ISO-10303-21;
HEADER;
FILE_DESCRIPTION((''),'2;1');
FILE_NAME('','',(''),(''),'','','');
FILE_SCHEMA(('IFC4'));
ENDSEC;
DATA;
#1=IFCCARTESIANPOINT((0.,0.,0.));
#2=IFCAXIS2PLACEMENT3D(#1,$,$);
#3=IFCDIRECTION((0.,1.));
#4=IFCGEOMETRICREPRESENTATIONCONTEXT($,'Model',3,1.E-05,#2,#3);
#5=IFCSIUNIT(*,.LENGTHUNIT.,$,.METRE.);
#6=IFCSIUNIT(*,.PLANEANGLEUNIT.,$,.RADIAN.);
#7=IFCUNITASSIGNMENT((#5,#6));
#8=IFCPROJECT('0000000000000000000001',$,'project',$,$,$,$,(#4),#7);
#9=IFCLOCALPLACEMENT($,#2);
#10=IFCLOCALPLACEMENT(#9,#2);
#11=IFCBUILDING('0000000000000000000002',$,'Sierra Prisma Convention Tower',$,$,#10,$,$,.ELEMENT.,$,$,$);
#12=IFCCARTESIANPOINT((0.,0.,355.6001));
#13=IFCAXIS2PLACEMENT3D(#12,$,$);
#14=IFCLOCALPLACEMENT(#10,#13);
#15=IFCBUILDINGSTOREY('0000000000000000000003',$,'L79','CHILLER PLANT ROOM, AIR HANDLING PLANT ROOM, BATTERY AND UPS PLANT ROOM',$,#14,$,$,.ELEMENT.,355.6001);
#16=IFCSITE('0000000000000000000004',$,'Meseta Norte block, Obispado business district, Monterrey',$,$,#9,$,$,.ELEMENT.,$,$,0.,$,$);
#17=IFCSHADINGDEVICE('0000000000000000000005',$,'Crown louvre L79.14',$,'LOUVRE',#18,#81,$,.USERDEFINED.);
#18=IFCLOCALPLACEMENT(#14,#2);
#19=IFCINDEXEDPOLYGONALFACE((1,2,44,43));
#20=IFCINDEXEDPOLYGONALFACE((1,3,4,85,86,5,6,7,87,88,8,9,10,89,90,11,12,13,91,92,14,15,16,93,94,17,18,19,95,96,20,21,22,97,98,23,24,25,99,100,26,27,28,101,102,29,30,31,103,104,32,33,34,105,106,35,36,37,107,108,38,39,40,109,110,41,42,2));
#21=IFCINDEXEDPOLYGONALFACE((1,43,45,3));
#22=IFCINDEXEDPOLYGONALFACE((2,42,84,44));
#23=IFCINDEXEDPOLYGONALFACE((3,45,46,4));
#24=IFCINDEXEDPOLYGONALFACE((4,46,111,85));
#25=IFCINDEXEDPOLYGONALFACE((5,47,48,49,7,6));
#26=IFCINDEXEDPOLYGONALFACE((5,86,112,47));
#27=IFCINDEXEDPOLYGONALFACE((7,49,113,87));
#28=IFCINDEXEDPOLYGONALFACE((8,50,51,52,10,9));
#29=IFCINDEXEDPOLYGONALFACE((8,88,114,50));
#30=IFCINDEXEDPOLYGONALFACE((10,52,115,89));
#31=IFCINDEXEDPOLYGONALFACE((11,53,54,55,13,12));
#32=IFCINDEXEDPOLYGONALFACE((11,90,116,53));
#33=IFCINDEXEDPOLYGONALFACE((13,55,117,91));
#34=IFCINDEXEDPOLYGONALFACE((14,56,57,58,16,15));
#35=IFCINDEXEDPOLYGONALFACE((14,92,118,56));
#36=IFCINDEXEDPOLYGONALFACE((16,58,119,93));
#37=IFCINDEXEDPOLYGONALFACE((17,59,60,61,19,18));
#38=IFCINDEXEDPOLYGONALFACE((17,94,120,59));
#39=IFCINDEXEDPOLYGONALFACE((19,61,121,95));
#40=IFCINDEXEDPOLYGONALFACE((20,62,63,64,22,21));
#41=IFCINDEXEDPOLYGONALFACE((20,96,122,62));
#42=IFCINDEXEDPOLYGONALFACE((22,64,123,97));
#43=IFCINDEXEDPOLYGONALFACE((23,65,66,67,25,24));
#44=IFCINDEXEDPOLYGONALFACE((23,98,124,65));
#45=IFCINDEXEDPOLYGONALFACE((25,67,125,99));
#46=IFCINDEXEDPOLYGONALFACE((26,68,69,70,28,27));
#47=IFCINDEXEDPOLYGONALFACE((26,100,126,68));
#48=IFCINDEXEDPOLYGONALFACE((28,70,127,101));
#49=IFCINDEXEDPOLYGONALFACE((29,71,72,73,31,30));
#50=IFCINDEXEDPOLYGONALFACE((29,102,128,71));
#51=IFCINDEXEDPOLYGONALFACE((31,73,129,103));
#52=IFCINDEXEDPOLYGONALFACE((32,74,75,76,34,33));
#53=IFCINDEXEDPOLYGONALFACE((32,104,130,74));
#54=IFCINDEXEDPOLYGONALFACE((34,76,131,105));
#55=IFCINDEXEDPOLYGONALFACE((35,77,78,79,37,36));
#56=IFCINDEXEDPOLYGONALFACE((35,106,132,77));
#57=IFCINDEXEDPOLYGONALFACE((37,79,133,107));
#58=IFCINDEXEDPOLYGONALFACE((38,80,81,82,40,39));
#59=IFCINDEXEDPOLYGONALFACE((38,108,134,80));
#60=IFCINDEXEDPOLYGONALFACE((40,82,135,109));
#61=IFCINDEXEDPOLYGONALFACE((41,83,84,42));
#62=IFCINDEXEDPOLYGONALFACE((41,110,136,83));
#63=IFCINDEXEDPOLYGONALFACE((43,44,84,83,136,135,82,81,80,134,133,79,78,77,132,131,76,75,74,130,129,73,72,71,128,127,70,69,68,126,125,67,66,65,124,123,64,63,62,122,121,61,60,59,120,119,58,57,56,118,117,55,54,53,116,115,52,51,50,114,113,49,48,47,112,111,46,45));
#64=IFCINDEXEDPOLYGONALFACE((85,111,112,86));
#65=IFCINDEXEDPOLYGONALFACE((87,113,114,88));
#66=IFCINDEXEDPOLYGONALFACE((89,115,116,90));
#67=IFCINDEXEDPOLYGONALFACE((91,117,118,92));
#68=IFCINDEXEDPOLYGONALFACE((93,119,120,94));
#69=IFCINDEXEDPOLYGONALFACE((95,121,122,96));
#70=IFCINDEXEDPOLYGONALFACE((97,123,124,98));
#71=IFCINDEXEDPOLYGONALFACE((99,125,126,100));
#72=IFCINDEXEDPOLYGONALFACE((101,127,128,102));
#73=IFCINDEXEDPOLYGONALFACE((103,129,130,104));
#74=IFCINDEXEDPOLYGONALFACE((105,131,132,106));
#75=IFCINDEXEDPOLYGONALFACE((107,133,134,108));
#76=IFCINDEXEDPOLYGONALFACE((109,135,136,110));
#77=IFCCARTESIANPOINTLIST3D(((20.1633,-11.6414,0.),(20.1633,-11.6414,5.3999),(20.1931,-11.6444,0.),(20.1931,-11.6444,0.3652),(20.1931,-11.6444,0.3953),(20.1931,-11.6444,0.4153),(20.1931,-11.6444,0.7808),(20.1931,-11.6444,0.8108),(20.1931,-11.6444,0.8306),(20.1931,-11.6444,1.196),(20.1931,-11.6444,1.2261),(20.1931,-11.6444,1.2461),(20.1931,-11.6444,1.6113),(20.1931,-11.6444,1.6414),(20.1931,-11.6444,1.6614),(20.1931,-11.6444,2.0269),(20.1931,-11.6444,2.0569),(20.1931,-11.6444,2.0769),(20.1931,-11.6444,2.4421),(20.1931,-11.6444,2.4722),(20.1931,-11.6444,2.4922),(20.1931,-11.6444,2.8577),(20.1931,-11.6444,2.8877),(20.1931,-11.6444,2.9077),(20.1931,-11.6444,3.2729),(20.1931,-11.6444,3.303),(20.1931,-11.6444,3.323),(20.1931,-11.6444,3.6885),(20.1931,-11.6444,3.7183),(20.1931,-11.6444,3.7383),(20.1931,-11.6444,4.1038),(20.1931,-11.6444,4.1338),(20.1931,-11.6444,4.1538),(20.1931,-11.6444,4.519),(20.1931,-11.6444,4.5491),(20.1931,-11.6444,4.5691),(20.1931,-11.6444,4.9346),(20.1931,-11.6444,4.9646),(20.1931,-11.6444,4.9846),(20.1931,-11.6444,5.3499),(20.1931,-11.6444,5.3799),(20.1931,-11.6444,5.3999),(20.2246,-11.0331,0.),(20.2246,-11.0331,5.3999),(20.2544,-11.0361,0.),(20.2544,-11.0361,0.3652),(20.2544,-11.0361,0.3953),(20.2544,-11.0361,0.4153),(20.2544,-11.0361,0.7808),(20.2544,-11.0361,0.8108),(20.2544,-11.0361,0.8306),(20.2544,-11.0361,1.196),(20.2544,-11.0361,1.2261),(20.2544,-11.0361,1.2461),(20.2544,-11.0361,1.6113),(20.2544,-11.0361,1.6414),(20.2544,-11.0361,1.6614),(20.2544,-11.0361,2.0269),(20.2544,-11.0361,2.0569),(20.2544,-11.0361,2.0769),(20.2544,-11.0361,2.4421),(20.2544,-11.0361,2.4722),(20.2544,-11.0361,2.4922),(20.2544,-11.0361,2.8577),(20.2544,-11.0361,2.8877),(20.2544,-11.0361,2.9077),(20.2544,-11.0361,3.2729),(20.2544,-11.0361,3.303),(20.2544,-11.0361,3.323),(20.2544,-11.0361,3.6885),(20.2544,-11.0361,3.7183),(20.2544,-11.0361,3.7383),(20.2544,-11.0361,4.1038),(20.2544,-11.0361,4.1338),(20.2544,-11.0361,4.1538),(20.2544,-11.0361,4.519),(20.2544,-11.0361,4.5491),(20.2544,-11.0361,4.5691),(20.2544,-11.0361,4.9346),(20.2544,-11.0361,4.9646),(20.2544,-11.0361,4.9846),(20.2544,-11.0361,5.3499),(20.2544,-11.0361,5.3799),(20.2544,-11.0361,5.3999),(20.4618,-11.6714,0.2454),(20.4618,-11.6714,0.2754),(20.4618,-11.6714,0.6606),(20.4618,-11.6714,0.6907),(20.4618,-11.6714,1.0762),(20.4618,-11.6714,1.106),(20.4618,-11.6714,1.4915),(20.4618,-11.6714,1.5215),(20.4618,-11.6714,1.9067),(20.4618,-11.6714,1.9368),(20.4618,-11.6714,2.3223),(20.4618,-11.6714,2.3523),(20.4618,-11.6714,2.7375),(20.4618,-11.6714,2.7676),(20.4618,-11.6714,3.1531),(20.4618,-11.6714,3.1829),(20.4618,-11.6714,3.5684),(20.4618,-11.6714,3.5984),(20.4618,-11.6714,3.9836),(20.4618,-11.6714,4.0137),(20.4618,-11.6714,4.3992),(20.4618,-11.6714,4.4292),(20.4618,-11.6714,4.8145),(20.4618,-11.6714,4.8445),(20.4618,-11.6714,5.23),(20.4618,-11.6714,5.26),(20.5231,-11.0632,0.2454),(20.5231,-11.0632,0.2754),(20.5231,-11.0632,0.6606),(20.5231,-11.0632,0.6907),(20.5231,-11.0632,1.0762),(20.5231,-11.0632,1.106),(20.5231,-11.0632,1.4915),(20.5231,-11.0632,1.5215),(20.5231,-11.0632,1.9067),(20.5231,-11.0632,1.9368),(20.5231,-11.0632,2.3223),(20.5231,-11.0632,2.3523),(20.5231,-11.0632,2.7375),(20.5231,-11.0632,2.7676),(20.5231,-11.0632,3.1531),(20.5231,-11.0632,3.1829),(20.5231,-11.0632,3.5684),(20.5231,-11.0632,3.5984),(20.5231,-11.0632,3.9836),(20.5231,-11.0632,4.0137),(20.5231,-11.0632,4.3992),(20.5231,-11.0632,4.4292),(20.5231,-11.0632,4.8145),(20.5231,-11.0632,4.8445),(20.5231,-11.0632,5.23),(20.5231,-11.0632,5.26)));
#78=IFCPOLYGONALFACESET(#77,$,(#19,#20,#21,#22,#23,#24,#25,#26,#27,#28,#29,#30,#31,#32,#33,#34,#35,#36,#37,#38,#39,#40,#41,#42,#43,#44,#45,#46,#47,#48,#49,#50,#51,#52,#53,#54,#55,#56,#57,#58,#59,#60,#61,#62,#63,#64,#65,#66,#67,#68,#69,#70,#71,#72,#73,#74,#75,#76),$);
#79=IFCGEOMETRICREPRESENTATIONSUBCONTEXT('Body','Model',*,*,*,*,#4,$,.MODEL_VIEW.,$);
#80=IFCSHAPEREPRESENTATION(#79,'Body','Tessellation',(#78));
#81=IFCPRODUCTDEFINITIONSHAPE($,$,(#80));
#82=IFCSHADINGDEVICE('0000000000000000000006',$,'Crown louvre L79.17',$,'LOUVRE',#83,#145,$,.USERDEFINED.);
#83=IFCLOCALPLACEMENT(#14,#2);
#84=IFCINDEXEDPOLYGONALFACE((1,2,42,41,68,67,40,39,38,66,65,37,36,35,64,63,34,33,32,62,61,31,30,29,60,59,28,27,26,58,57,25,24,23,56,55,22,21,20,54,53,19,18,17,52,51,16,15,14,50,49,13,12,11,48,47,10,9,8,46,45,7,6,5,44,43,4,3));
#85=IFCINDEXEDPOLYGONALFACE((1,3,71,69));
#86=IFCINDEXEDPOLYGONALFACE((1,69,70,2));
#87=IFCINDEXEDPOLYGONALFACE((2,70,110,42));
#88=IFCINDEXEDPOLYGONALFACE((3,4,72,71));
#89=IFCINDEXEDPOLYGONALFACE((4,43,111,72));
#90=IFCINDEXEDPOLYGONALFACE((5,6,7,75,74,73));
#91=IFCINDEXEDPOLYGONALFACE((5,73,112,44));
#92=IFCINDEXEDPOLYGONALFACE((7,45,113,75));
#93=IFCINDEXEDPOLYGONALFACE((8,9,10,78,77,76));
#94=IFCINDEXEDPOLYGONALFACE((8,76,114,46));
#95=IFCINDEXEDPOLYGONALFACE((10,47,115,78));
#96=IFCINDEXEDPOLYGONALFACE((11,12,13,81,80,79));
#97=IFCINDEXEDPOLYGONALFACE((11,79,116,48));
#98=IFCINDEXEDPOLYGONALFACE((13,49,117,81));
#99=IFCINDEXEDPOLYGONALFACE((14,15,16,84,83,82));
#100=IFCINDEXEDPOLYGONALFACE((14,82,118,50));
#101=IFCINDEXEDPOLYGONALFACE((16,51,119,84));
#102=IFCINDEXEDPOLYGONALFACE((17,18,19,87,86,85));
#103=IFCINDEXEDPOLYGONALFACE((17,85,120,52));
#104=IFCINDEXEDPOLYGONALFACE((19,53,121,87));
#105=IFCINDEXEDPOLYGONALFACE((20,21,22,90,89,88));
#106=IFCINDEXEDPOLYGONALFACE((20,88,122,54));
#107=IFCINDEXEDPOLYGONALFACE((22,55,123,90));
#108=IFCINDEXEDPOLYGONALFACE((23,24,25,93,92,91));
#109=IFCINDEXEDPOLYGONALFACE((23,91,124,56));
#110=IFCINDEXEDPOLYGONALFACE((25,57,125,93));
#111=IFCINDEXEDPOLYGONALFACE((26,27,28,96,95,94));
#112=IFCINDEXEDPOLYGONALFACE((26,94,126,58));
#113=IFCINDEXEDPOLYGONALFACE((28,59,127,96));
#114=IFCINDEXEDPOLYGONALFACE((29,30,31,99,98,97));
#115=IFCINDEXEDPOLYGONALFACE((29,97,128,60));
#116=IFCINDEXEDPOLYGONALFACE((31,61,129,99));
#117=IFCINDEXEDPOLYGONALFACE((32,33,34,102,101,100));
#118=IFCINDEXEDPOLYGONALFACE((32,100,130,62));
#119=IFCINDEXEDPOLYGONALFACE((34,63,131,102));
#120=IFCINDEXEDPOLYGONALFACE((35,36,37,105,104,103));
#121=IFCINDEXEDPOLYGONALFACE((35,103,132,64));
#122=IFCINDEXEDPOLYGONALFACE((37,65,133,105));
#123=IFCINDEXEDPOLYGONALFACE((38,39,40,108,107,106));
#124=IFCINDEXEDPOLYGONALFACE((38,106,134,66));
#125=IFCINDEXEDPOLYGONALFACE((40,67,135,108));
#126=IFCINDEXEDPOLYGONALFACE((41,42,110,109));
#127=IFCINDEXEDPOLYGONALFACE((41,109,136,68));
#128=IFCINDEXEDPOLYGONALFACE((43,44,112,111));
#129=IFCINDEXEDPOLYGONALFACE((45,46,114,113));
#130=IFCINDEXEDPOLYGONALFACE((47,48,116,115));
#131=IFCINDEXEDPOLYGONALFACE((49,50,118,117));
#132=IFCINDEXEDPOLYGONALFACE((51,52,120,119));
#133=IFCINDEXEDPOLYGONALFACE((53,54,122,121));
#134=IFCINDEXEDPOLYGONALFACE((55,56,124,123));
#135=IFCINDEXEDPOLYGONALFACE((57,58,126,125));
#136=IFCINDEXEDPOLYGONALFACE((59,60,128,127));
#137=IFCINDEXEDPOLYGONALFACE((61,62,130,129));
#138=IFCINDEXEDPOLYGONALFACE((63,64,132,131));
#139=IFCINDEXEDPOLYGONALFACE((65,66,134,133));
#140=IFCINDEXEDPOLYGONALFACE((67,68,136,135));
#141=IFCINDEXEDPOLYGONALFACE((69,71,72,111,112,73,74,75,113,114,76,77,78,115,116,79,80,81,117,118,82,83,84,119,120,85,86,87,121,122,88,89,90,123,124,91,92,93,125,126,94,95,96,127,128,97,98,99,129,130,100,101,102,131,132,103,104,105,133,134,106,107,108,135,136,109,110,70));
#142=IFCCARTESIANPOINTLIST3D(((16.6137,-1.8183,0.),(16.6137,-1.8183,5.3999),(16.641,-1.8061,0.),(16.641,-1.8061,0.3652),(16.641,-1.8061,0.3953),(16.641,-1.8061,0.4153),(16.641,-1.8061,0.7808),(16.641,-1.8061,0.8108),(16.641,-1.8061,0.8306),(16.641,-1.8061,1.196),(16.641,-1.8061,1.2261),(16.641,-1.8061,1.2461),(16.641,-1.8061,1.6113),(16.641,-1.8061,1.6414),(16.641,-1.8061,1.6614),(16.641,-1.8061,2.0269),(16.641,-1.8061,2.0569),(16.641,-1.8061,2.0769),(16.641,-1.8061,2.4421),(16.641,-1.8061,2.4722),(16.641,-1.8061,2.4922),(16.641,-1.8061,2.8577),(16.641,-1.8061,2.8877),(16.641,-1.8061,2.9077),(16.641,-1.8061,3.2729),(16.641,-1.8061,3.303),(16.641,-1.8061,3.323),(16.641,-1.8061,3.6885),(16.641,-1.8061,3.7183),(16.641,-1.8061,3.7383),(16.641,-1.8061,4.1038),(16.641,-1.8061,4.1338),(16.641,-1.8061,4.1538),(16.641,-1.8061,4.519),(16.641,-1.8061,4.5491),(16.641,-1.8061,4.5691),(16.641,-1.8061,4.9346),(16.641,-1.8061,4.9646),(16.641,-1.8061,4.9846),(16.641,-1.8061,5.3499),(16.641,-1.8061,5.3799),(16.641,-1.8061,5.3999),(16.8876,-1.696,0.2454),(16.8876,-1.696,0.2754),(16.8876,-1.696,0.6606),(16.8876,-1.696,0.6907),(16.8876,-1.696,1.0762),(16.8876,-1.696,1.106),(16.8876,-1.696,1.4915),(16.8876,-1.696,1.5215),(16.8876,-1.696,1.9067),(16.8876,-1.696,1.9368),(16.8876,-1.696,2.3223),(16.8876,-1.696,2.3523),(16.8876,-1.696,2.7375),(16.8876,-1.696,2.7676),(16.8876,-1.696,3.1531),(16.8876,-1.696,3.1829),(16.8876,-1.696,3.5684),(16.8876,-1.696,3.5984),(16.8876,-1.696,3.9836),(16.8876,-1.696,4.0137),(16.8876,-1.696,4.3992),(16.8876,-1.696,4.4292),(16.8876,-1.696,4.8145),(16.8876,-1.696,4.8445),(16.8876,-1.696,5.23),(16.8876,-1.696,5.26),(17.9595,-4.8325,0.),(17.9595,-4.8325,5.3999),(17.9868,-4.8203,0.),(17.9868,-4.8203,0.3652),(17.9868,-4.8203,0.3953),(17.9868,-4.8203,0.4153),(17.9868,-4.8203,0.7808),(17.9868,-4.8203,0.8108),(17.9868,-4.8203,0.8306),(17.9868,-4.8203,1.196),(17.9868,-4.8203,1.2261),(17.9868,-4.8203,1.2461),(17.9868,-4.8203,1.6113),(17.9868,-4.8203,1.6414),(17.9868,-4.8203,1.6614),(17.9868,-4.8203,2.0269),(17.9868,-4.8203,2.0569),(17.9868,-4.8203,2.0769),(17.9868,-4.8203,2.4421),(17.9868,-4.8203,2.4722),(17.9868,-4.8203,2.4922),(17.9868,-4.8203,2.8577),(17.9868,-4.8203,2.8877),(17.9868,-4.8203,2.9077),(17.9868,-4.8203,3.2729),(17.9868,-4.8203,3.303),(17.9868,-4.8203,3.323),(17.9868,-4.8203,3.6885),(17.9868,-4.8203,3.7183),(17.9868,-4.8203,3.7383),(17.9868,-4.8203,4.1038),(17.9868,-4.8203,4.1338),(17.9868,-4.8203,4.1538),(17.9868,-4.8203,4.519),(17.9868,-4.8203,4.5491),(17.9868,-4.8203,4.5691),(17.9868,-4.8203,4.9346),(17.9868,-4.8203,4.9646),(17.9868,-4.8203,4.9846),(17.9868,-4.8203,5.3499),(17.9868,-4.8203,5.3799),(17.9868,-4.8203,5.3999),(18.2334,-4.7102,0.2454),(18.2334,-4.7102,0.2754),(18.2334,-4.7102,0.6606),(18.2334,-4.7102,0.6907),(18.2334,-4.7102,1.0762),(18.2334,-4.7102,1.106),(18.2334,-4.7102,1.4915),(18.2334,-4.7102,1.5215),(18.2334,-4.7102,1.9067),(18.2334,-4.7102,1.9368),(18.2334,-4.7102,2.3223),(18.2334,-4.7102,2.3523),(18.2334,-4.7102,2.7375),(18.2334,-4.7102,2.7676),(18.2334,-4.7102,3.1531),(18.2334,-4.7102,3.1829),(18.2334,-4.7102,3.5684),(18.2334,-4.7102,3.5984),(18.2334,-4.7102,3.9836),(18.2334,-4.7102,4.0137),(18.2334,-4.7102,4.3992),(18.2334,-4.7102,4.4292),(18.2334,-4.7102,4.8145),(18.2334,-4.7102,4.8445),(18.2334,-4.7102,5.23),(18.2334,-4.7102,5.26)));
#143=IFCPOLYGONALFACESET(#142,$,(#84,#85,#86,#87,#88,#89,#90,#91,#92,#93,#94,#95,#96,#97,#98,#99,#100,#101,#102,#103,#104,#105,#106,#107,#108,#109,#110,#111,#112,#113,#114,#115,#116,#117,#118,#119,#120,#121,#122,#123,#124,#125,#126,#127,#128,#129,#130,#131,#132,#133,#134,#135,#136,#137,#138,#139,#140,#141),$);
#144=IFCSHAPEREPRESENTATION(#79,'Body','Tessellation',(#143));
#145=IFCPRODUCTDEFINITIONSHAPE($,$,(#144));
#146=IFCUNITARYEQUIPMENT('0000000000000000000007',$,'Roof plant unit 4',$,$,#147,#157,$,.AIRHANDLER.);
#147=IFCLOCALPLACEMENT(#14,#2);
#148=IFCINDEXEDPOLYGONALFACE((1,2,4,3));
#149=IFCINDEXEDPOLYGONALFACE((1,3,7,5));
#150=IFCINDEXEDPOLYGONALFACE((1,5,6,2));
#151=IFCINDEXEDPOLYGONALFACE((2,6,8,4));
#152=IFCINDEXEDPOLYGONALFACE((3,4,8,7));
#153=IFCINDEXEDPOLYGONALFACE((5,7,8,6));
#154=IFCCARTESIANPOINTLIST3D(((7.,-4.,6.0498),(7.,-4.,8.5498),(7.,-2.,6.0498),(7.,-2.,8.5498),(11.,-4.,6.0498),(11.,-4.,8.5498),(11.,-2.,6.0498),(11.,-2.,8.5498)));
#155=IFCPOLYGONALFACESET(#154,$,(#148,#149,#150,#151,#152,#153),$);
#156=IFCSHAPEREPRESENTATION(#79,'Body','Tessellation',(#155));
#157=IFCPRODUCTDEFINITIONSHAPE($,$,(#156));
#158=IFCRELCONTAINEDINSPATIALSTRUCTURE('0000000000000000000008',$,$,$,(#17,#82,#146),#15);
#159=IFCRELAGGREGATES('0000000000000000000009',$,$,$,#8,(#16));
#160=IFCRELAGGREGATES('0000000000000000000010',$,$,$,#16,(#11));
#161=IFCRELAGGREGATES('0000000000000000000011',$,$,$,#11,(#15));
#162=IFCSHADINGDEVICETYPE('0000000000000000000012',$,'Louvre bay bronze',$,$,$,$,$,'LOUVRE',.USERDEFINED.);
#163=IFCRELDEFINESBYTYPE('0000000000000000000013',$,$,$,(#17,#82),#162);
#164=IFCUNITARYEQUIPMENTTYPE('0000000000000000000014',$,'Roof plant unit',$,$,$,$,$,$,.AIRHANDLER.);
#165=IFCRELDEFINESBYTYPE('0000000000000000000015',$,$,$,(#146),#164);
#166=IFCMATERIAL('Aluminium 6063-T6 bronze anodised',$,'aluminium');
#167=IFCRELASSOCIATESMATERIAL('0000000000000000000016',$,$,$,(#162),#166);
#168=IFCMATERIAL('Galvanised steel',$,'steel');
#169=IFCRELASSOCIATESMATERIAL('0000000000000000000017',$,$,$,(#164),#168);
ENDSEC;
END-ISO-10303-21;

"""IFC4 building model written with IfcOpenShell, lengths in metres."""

from ifc_helpers import new_model, si_unit, direction, frame, origin, origin_2d, place, context, subcontext, project, spatial, polyline, rectangle, outline, extrude, material, type_object, element, save


model = new_model("IFC4")

# Units and contexts
model_context = context("Model", 3, precision=1e-05, world=origin(), true_north=direction((0.0, 1.0)))
body_context = subcontext(model_context, "Body", "Model", "MODEL_VIEW")
ifc_project = project(units=[si_unit("LENGTHUNIT", "METRE"), si_unit("PLANEANGLEUNIT", "RADIAN")], contexts=[model_context])

# Site, building, storey
site_placement = place(None, origin())
site = spatial("IfcSite", under=ifc_project, at=site_placement, Name="Meseta Norte block, Obispado business district, Monterrey", CompositionType="ELEMENT", RefElevation=0.0)
building_placement = place(site_placement, origin())
building = spatial("IfcBuilding", under=site, at=building_placement, Name="Sierra Prisma Convention Tower", CompositionType="ELEMENT")
storey_placement = place(building_placement, frame((0.0, 0.0, 355.6001)))
storey = spatial("IfcBuildingStorey", under=building, at=storey_placement, Name="L79", Description="CHILLER PLANT ROOM, AIR HANDLING PLANT ROOM, BATTERY AND UPS PLANT ROOM", CompositionType="ELEMENT", Elevation=355.6001)

# Shading devices
ifc_material_1 = material(Name="Aluminium 6063-T6 bronze anodised", Category="aluminium")
shading_device_type = type_object("IfcShadingDeviceType", Name="Louvre bay bronze", ElementType="LOUVRE", PredefinedType="USERDEFINED", material=ifc_material_1)
shading_device_1_placement = place(storey_placement, frame((20.1633, -11.6414, 0.0), z_axis=(-0.100292, -0.994958, 0.0), x_axis=(0.0, 0.0, 1.0)))
element("IfcShadingDevice", 1, at=shading_device_1_placement, inside=storey, type_object=shading_device_type, Name="Crown louvre L79.14", ObjectType="LOUVRE", PredefinedType="USERDEFINED", context=body_context, shape_type="SweptSolid", body=[
    extrude(outline(polyline([(0.0, 0.0), (5.3999, 0.0), (5.3999, -0.0299), (5.3799, -0.0299), (5.26, -0.2999), (5.23, -0.2999), (5.3499, -0.0299), (4.9846, -0.0299), (4.9646, -0.0299), (4.8445, -0.2999), (4.8145, -0.2999), (4.9346, -0.0299), (4.5691, -0.0299), (4.5491, -0.0299), (4.4292, -0.2999), (4.3992, -0.2999), (4.519, -0.0299), (4.1538, -0.0299), (4.1338, -0.0299), (4.0137, -0.2999), (3.9836, -0.2999), (4.1038, -0.0299), (3.7383, -0.0299), (3.7183, -0.0299), (3.5984, -0.2999), (3.5684, -0.2999), (3.6885, -0.0299), (3.323, -0.0299), (3.303, -0.0299), (3.1829, -0.2999), (3.1531, -0.2999), (3.2729, -0.0299), (2.9077, -0.0299), (2.8877, -0.0299), (2.7676, -0.2999), (2.7375, -0.2999), (2.8577, -0.0299), (2.4922, -0.0299), (2.4722, -0.0299), (2.3523, -0.2999), (2.3223, -0.2999), (2.4421, -0.0299), (2.0769, -0.0299), (2.0569, -0.0299), (1.9368, -0.2999), (1.9067, -0.2999), (2.0269, -0.0299), (1.6614, -0.0299), (1.6414, -0.0299), (1.5215, -0.2999), (1.4915, -0.2999), (1.6113, -0.0299), (1.2461, -0.0299), (1.2261, -0.0299), (1.106, -0.2999), (1.0762, -0.2999), (1.196, -0.0299), (0.8306, -0.0299), (0.8108, -0.0299), (0.6907, -0.2999), (0.6606, -0.2999), (0.7808, -0.0299), (0.4153, -0.0299), (0.3953, -0.0299), (0.2754, -0.2999), (0.2454, -0.2999), (0.3652, -0.0299), (0.0, -0.0299), (0.0, 0.0)])), origin(), (0.0, 0.0, -1.0), 0.6113),
])
shading_device_2_placement = place(storey_placement, frame((17.9595, -4.8325, 0.0), z_axis=(0.407683, -0.913124, 0.0), x_axis=(0.0, 0.0, 1.0)))
element("IfcShadingDevice", 2, at=shading_device_2_placement, inside=storey, type_object=shading_device_type, Name="Crown louvre L79.17", ObjectType="LOUVRE", PredefinedType="USERDEFINED", context=body_context, shape_type="SweptSolid", body=[
    extrude(outline(polyline([(0.0, 0.0), (5.3999, 0.0), (5.3999, -0.0299), (5.3799, -0.0299), (5.26, -0.3), (5.23, -0.3), (5.3499, -0.0299), (4.9846, -0.0299), (4.9646, -0.0299), (4.8445, -0.3), (4.8145, -0.3), (4.9346, -0.0299), (4.5691, -0.0299), (4.5491, -0.0299), (4.4292, -0.3), (4.3992, -0.3), (4.519, -0.0299), (4.1538, -0.0299), (4.1338, -0.0299), (4.0137, -0.3), (3.9836, -0.3), (4.1038, -0.0299), (3.7383, -0.0299), (3.7183, -0.0299), (3.5984, -0.3), (3.5684, -0.3), (3.6885, -0.0299), (3.323, -0.0299), (3.303, -0.0299), (3.1829, -0.3), (3.1531, -0.3), (3.2729, -0.0299), (2.9077, -0.0299), (2.8877, -0.0299), (2.7676, -0.3), (2.7375, -0.3), (2.8577, -0.0299), (2.4922, -0.0299), (2.4722, -0.0299), (2.3523, -0.3), (2.3223, -0.3), (2.4421, -0.0299), (2.0769, -0.0299), (2.0569, -0.0299), (1.9368, -0.3), (1.9067, -0.3), (2.0269, -0.0299), (1.6614, -0.0299), (1.6414, -0.0299), (1.5215, -0.3), (1.4915, -0.3), (1.6113, -0.0299), (1.2461, -0.0299), (1.2261, -0.0299), (1.106, -0.3), (1.0762, -0.3), (1.196, -0.0299), (0.8306, -0.0299), (0.8108, -0.0299), (0.6907, -0.3), (0.6606, -0.3), (0.7808, -0.0299), (0.4153, -0.0299), (0.3953, -0.0299), (0.2754, -0.3), (0.2454, -0.3), (0.3652, -0.0299), (0.0, -0.0299), (0.0, 0.0)])), origin(), (0.0, 0.0, -1.0), 3.301),
])

# Unitary equipment
ifc_material_2 = material(Name="Galvanised steel", Category="steel")
unitary_equipment_type = type_object("IfcUnitaryEquipmentType", Name="Roof plant unit", PredefinedType="AIRHANDLER", material=ifc_material_2)
unitary_equipment_placement = place(storey_placement, frame((9.0, -3.0, 6.0498), z_axis=(0.0, 0.0, 1.0), x_axis=(1.0, 0.0, 0.0)))
element("IfcUnitaryEquipment", 3, at=unitary_equipment_placement, inside=storey, type_object=unitary_equipment_type, Name="Roof plant unit 4", PredefinedType="AIRHANDLER", context=body_context, shape_type="SweptSolid", body=[
    extrude(rectangle(XDim=4.0, YDim=2.0, at=origin_2d()), origin(), (0.0, 0.0, 1.0), 2.5),
])

save(model, "model.ifc")
